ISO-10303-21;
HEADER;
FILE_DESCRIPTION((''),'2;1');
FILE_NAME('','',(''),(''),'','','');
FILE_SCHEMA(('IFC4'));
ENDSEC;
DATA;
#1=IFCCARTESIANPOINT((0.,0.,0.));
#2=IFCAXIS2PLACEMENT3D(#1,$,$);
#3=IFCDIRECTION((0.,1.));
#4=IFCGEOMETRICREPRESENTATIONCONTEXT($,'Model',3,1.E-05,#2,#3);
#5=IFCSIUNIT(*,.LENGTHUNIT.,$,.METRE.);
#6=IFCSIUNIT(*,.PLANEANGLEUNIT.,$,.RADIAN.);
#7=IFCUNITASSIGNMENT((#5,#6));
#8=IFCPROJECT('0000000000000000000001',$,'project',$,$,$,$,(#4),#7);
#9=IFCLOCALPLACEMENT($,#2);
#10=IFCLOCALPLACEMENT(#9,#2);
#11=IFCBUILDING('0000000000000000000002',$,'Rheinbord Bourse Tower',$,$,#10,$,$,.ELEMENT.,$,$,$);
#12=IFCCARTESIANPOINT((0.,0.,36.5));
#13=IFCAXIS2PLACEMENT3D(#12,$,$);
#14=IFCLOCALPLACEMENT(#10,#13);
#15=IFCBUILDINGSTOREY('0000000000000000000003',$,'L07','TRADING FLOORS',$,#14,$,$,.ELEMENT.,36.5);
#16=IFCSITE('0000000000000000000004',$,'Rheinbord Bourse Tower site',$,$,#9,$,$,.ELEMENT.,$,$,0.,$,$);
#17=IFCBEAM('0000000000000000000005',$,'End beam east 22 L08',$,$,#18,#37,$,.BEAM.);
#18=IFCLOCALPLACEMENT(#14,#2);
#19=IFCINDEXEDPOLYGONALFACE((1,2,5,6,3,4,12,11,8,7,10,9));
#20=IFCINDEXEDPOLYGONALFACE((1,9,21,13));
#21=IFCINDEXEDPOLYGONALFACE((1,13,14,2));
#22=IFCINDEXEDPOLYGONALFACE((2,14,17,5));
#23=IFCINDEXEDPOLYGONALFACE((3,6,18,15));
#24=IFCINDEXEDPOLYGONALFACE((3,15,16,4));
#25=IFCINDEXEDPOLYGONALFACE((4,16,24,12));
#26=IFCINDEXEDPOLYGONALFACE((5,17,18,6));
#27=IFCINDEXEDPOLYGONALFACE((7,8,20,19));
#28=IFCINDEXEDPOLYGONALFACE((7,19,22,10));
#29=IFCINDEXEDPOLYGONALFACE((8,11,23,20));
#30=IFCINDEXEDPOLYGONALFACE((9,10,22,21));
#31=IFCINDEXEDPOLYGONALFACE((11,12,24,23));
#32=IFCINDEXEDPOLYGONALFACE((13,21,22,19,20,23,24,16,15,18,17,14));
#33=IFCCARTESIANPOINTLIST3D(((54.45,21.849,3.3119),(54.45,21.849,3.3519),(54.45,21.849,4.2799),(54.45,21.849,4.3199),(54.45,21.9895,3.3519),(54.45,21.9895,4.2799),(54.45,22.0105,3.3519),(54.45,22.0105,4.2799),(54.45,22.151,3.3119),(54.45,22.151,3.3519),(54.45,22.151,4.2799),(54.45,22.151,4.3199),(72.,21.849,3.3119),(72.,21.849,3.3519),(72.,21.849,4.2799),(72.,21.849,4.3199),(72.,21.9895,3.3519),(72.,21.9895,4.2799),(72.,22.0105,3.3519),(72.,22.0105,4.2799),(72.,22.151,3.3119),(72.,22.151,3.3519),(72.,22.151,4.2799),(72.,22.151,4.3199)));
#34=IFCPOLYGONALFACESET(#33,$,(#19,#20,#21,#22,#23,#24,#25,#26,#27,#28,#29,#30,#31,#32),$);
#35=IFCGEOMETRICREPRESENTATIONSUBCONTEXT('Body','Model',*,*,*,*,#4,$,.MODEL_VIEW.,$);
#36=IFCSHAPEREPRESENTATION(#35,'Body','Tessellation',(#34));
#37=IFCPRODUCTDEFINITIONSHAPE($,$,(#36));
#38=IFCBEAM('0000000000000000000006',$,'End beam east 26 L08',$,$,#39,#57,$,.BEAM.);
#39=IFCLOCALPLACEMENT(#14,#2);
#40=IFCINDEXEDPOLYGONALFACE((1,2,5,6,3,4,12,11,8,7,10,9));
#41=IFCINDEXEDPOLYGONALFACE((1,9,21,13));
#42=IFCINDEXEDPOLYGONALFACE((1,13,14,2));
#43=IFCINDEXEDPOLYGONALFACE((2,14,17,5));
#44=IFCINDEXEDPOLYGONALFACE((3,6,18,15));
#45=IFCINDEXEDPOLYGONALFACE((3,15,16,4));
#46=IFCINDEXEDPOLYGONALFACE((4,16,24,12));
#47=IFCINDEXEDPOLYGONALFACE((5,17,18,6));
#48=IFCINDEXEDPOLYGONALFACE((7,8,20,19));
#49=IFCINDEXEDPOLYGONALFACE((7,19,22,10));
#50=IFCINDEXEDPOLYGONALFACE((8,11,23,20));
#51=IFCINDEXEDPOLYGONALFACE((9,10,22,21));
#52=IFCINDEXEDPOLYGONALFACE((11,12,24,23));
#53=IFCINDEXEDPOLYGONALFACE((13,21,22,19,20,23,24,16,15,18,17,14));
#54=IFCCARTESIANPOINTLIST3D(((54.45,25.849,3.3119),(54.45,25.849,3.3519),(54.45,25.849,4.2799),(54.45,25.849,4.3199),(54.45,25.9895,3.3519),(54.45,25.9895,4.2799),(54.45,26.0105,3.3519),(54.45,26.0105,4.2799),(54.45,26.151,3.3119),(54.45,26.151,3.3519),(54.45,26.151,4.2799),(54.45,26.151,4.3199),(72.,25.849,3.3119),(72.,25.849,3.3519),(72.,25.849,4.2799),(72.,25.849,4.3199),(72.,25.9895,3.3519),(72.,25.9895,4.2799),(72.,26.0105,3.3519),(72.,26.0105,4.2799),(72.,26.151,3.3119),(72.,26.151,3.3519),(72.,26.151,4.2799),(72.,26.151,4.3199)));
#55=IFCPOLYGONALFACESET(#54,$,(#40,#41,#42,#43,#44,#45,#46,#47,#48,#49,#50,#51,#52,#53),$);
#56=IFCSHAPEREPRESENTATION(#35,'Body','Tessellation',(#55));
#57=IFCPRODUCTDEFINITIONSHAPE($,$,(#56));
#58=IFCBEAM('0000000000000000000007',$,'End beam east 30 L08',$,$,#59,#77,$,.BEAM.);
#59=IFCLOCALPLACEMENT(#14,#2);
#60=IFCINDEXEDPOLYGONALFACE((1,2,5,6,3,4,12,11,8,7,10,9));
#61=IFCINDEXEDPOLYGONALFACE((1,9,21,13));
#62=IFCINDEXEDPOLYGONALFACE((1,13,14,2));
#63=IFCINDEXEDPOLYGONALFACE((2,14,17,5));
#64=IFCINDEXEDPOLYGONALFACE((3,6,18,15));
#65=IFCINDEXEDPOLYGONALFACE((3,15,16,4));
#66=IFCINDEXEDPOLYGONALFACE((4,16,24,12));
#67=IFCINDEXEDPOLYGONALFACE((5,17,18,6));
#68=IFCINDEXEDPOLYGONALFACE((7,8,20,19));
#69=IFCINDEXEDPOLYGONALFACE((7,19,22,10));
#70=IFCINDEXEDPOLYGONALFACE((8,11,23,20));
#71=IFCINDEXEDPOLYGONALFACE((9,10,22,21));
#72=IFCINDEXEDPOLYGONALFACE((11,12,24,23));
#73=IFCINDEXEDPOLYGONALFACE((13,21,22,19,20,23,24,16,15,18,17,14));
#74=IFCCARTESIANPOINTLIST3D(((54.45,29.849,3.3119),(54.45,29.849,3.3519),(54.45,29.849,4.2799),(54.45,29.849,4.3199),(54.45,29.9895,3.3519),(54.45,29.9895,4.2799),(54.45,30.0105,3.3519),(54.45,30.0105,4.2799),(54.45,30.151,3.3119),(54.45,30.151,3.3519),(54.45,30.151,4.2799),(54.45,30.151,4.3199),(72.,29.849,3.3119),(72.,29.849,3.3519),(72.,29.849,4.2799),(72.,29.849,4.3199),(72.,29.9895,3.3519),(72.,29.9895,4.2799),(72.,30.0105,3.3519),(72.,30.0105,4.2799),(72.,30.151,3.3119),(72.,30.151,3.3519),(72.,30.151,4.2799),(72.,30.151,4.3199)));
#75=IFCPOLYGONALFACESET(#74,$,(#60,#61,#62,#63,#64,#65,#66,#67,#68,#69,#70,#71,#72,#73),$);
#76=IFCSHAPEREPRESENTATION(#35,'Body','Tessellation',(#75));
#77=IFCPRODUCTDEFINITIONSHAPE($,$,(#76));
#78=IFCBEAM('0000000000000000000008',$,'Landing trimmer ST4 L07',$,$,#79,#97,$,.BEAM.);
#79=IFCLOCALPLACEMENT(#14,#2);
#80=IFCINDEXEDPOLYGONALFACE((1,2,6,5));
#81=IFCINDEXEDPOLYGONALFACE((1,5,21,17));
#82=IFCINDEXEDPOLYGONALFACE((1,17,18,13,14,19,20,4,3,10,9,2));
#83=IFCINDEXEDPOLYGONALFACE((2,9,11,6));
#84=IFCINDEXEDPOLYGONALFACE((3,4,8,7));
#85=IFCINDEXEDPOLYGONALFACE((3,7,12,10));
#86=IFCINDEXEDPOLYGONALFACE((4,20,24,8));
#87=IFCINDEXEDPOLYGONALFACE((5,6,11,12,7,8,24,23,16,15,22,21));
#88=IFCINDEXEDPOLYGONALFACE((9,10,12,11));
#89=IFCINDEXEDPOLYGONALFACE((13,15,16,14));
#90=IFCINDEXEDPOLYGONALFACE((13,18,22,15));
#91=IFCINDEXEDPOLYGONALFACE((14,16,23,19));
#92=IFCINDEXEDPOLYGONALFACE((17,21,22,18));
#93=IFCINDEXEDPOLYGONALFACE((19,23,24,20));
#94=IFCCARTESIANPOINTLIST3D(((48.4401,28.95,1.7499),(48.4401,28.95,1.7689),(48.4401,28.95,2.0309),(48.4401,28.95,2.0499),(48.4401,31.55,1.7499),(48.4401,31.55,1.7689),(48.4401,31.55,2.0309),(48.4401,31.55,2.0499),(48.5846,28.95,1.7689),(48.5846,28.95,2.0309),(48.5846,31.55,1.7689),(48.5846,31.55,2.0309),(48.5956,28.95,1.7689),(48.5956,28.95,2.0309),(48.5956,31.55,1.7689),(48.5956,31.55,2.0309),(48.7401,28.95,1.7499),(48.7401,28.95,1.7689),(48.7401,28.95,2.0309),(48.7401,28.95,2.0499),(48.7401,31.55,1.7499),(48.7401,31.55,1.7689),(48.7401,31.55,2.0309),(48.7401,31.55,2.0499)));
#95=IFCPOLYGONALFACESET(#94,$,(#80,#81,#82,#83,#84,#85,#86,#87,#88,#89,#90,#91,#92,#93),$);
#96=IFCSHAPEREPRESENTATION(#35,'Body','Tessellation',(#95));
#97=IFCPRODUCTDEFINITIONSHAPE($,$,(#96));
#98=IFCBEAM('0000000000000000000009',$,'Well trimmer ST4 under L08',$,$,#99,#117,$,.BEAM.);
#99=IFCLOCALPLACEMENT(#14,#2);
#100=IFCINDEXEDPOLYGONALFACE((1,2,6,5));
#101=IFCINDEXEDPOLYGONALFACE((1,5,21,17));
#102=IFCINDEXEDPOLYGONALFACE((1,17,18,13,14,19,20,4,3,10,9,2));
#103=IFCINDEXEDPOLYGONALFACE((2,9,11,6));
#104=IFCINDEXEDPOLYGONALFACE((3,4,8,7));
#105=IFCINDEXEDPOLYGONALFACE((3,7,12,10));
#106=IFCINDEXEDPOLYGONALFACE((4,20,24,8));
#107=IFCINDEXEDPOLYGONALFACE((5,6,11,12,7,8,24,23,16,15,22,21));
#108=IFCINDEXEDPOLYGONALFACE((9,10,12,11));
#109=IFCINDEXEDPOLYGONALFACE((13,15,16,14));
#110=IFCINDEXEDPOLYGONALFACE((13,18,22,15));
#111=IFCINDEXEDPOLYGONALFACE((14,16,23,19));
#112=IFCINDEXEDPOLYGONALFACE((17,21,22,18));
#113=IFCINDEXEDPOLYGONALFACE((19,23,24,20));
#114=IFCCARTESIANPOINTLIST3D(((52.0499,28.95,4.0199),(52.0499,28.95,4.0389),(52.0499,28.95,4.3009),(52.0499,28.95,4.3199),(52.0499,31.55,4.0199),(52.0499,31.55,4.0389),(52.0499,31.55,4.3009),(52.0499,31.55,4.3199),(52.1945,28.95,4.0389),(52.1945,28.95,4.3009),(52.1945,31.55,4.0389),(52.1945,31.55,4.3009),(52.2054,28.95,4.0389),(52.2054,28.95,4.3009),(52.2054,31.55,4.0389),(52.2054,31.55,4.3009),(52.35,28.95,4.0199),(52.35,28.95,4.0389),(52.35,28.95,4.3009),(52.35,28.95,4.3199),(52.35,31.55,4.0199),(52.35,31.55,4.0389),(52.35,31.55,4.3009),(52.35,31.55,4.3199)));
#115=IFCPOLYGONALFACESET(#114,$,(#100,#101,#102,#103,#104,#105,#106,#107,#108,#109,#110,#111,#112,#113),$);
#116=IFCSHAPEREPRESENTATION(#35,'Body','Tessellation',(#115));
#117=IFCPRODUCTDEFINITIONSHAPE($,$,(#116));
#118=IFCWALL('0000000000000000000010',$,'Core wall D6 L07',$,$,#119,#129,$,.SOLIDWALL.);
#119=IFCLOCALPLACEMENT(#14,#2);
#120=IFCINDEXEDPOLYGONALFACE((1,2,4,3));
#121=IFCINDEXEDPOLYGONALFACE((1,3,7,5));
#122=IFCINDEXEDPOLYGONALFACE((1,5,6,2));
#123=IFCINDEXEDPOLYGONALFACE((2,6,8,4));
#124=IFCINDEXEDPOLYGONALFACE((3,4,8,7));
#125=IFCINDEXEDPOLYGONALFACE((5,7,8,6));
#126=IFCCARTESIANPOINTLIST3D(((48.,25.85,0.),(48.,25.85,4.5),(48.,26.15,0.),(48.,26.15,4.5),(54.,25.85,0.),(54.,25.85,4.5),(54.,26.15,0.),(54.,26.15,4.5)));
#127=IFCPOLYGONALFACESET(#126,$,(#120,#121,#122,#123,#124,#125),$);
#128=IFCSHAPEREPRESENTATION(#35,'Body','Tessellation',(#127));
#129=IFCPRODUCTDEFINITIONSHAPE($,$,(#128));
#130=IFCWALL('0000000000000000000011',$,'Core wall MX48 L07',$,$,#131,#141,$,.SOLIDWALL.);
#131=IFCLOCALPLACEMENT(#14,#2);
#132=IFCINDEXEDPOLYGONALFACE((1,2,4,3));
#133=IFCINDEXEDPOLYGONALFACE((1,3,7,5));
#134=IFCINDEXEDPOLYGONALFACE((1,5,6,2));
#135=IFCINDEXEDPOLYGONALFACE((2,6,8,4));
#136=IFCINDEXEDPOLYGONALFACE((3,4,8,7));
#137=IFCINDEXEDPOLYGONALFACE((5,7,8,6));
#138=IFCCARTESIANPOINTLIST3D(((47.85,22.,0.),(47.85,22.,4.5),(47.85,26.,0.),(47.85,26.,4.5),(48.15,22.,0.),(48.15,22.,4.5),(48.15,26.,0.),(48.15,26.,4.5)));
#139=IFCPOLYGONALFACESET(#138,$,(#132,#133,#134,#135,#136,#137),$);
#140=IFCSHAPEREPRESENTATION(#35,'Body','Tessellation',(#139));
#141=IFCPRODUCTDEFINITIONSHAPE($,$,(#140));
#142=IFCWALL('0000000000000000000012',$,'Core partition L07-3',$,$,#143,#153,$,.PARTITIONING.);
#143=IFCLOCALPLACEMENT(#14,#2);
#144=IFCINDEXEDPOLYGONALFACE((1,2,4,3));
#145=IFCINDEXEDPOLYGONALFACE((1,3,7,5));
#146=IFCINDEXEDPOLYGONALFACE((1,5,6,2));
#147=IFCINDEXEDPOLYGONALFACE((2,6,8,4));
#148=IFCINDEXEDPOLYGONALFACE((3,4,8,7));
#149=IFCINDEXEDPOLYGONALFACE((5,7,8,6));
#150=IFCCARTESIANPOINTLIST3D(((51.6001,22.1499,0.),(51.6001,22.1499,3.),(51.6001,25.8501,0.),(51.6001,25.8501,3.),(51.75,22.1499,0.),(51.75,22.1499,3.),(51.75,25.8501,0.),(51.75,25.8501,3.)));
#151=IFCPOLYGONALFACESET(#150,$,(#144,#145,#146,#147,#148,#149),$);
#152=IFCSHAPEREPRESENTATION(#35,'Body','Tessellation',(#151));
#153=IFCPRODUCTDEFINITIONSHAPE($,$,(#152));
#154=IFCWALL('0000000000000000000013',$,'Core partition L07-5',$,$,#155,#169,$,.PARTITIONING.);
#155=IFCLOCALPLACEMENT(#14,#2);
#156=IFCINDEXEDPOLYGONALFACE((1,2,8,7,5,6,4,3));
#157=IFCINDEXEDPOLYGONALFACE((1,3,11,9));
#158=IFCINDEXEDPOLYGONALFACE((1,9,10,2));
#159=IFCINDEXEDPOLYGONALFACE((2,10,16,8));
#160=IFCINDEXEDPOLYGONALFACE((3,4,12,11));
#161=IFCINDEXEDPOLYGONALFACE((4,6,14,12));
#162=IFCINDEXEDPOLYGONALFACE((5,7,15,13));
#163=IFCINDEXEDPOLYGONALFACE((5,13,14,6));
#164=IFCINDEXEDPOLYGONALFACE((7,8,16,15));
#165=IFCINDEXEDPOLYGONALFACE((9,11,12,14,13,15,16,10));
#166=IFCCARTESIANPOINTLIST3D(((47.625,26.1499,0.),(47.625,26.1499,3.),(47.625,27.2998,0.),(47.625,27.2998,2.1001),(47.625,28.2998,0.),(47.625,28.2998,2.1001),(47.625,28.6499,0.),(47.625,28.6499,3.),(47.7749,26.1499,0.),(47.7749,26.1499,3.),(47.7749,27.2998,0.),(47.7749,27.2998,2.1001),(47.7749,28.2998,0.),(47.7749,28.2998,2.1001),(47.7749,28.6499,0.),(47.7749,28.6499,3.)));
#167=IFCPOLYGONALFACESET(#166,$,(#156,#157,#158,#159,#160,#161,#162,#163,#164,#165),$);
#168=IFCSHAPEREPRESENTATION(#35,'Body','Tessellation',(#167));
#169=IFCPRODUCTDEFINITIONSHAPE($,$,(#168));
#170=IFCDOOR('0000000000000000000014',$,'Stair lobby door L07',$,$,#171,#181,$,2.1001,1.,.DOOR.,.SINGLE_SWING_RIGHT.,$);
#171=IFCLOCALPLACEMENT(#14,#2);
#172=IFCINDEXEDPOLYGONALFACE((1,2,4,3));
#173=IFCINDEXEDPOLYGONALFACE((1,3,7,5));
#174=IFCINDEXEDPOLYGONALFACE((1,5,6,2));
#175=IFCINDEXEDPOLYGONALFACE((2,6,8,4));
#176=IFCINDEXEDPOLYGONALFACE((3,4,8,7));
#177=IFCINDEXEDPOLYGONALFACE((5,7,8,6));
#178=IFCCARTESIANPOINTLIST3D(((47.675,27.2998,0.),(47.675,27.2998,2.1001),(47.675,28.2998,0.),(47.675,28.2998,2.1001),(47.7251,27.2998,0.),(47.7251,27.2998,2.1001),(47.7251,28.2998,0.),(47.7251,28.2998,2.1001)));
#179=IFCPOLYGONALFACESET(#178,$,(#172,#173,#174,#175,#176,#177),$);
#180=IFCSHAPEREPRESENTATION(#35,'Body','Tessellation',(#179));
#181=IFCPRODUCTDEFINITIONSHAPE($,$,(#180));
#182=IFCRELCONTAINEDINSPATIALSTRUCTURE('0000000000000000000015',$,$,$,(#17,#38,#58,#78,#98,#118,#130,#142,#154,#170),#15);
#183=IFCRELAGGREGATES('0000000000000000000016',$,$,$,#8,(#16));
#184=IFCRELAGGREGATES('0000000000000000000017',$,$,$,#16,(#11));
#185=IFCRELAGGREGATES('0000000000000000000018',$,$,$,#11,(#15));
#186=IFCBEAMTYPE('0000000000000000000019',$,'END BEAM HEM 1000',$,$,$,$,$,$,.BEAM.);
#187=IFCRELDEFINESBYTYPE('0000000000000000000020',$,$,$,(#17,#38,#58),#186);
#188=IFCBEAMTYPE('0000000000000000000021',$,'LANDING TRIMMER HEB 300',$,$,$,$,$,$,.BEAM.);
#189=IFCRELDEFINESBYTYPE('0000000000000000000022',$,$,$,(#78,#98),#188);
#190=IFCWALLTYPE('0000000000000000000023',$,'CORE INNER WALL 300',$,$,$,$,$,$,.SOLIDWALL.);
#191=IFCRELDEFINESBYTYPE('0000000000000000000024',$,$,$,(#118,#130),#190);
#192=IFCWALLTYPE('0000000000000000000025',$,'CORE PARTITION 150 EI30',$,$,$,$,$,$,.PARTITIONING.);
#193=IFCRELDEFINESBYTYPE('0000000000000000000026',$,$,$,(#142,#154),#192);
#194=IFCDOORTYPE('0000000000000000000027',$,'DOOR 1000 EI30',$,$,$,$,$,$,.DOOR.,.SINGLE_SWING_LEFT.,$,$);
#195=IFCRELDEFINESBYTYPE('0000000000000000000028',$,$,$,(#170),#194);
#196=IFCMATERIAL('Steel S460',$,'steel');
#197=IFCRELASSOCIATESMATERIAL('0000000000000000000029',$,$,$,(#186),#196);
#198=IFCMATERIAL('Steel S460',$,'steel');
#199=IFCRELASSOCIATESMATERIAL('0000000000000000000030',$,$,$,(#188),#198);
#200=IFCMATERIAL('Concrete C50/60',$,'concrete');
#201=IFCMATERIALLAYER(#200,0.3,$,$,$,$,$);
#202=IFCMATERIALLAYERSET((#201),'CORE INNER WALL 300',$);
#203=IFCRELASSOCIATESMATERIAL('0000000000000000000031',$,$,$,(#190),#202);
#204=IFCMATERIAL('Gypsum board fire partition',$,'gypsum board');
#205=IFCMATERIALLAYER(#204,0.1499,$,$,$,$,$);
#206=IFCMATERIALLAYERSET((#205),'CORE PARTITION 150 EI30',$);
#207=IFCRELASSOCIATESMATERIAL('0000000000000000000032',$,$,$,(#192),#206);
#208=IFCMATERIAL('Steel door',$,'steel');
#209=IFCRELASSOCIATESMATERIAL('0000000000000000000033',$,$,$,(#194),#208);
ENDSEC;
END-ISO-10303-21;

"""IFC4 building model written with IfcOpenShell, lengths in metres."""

from ifc_helpers import new_model, si_unit, direction, frame, frame_2d, origin, origin_2d, place, context, subcontext, project, spatial, rectangle, i_section, extrude, material, layer, layer_set, material_profile, profile_set, type_object, element, fill, save


model = new_model("IFC4")

# Units and contexts
model_context = context("Model", 3, precision=1e-05, world=origin(), true_north=direction((0.0, 1.0)))
body_context = subcontext(model_context, "Body", "Model", "MODEL_VIEW")
ifc_project = project(units=[si_unit("LENGTHUNIT", "METRE"), si_unit("PLANEANGLEUNIT", "RADIAN")], contexts=[model_context])

# Site, building, storey
site_placement = place(None, origin())
site = spatial("IfcSite", under=ifc_project, at=site_placement, Name="Rheinbord Bourse Tower site", CompositionType="ELEMENT", RefElevation=0.0)
building_placement = place(site_placement, origin())
building = spatial("IfcBuilding", under=site, at=building_placement, Name="Rheinbord Bourse Tower", CompositionType="ELEMENT")
storey_placement = place(building_placement, frame((0.0, 0.0, 36.5)))
storey = spatial("IfcBuildingStorey", under=building, at=storey_placement, Name="L07", Description="TRADING FLOORS", CompositionType="ELEMENT", Elevation=36.5)

# Beams
ifc_material_1 = material(Name="Steel S460", Category="steel")
ifc_material_profile_1 = material_profile(ifc_material_1, i_section(OverallWidth=0.302, OverallDepth=1.0081, WebThickness=0.021, FlangeThickness=0.04, at=origin_2d()), Name="HEM 1000")
ifc_profile_set_1 = profile_set([ifc_material_profile_1], Name="Steel S460")
beam_type_1 = type_object("IfcBeamType", Name="END BEAM HEM 1000", PredefinedType="BEAM", material=ifc_profile_set_1)
for number, where, z_axis, x_axis, name in (
    (1, (54.45, 22.0, 3.8159), (1.0, 0.0, 0.0), (0.0, 1.0, 0.0), "End beam east 22 L08"),
    (2, (54.45, 26.0, 3.8159), (1.0, 0.0, 0.0), (0.0, 1.0, 0.0), "End beam east 26 L08"),
    (3, (54.45, 30.0, 3.8159), (1.0, 0.0, 0.0), (0.0, 1.0, 0.0), "End beam east 30 L08"),
):
    element("IfcBeam", number, at=place(storey_placement, frame(where, z_axis=z_axis, x_axis=x_axis)), inside=storey, type_object=beam_type_1, Name=name, PredefinedType="BEAM", context=body_context, shape_type="SweptSolid", body=[
        extrude(i_section(OverallWidth=0.302, OverallDepth=1.0081, WebThickness=0.021, FlangeThickness=0.04, at=origin_2d()), origin(), (0.0, 0.0, 1.0), 17.55),
    ])
ifc_material_2 = material(Name="Steel S460", Category="steel")
ifc_material_profile_2 = material_profile(ifc_material_2, i_section(OverallWidth=0.3, OverallDepth=0.3, WebThickness=0.011, FlangeThickness=0.019, at=origin_2d()), Name="HEB 300")
ifc_profile_set_2 = profile_set([ifc_material_profile_2], Name="Steel S460")
beam_type_2 = type_object("IfcBeamType", Name="LANDING TRIMMER HEB 300", PredefinedType="BEAM", material=ifc_profile_set_2)
for number, where, z_axis, x_axis, name in (
    (4, (48.5901, 28.95, 1.8999), (0.0, 1.0, 0.0), (-1.0, 0.0, 0.0), "Landing trimmer ST4 L07"),
    (5, (52.2, 28.95, 4.1699), (0.0, 1.0, 0.0), (-1.0, 0.0, 0.0), "Well trimmer ST4 under L08"),
):
    element("IfcBeam", number, at=place(storey_placement, frame(where, z_axis=z_axis, x_axis=x_axis)), inside=storey, type_object=beam_type_2, Name=name, PredefinedType="BEAM", context=body_context, shape_type="SweptSolid", body=[
        extrude(i_section(OverallWidth=0.3, OverallDepth=0.3, WebThickness=0.011, FlangeThickness=0.019, at=origin_2d()), origin(), (0.0, 0.0, 1.0), 2.6001),
    ])

# Walls
ifc_material_3 = material(Name="Concrete C50/60", Category="concrete")
ifc_layer_1 = layer(ifc_material_3, 0.3)
ifc_layer_set_1 = layer_set([ifc_layer_1], Name="CORE INNER WALL 300")
wall_type_1 = type_object("IfcWallType", Name="CORE INNER WALL 300", PredefinedType="SOLIDWALL", material=ifc_layer_set_1)
wall_1_placement = place(storey_placement, frame((48.0, 26.0, 0.0), z_axis=(0.0, 0.0, 1.0), x_axis=(1.0, 0.0, 0.0)))
element("IfcWall", 6, at=wall_1_placement, inside=storey, type_object=wall_type_1, Name="Core wall D6 L07", PredefinedType="SOLIDWALL", context=body_context, shape_type="SweptSolid", body=[
    extrude(rectangle(XDim=6.0, YDim=0.3, at=frame_2d((3.0, 0.0))), origin(), (0.0, 0.0, 1.0), 4.5),
])
wall_2_placement = place(storey_placement, frame((48.0, 22.0, 0.0), z_axis=(0.0, 0.0, 1.0), x_axis=(0.0, 1.0, 0.0)))
element("IfcWall", 7, at=wall_2_placement, inside=storey, type_object=wall_type_1, Name="Core wall MX48 L07", PredefinedType="SOLIDWALL", context=body_context, shape_type="SweptSolid", body=[
    extrude(rectangle(XDim=4.0, YDim=0.3, at=frame_2d((2.0, 0.0))), origin(), (0.0, 0.0, 1.0), 4.5),
])
ifc_material_4 = material(Name="Gypsum board fire partition", Category="gypsum board")
ifc_layer_2 = layer(ifc_material_4, 0.1499)
ifc_layer_set_2 = layer_set([ifc_layer_2], Name="CORE PARTITION 150 EI30")
wall_type_2 = type_object("IfcWallType", Name="CORE PARTITION 150 EI30", PredefinedType="PARTITIONING", material=ifc_layer_set_2)
wall_3_placement = place(storey_placement, frame((51.675, 22.1499, 0.0), z_axis=(0.0, 0.0, 1.0), x_axis=(0.0, 1.0, 0.0)))
element("IfcWall", 8, at=wall_3_placement, inside=storey, type_object=wall_type_2, Name="Core partition L07-3", PredefinedType="PARTITIONING", context=body_context, shape_type="SweptSolid", body=[
    extrude(rectangle(XDim=3.7002, YDim=0.1499, at=frame_2d((1.8501, 0.0))), origin(), (0.0, 0.0, 1.0), 3.0),
])

# Wall, opening, door
wall_4_placement = place(storey_placement, frame((47.7, 26.1499, 0.0), z_axis=(0.0, 0.0, 1.0), x_axis=(0.0, 1.0, 0.0)))
wall_4 = element("IfcWall", 9, at=wall_4_placement, inside=storey, type_object=wall_type_2, Name="Core partition L07-5", PredefinedType="PARTITIONING", context=body_context, shape_type="SweptSolid", body=[
    extrude(rectangle(XDim=2.5, YDim=0.1499, at=frame_2d((1.25, 0.0))), origin(), (0.0, 0.0, 1.0), 3.0),
])
opening_1_placement = place(wall_4_placement, frame((1.1499, 0.0, 0.0)))
opening_1 = element("IfcOpeningElement", 10, at=opening_1_placement, cuts=wall_4, PredefinedType="OPENING", context=body_context, shape_type="SweptSolid", body=[
    extrude(rectangle(XDim=1.0, YDim=2.1001, at=frame_2d((0.5, 1.05))), frame((0.0, 0.085, 0.0), z_axis=(0.0, -1.0, 0.0), x_axis=(1.0, 0.0, 0.0)), (0.0, 0.0, 1.0), 0.1699),
])
ifc_material_5 = material(Name="Steel door", Category="steel")
door_type_1 = type_object("IfcDoorType", Name="DOOR 1000 EI30", OperationType="SINGLE_SWING_LEFT", PredefinedType="DOOR", material=ifc_material_5)
door_1_placement = place(opening_1_placement, origin())
door_1 = element("IfcDoor", 11, at=door_1_placement, inside=storey, type_object=door_type_1, Name="Stair lobby door L07", OperationType="SINGLE_SWING_RIGHT", OverallHeight=2.1001, OverallWidth=1.0, PredefinedType="DOOR", context=body_context, shape_type="SweptSolid", body=[
    extrude(rectangle(XDim=1.0, YDim=2.1001, at=frame_2d((0.5, 1.05))), frame((0.0, 0.0249, 0.0), z_axis=(0.0, -1.0, 0.0), x_axis=(1.0, 0.0, 0.0)), (0.0, 0.0, 1.0), 0.05),
])
fill(opening_1, door_1)

save(model, "model.ifc")
